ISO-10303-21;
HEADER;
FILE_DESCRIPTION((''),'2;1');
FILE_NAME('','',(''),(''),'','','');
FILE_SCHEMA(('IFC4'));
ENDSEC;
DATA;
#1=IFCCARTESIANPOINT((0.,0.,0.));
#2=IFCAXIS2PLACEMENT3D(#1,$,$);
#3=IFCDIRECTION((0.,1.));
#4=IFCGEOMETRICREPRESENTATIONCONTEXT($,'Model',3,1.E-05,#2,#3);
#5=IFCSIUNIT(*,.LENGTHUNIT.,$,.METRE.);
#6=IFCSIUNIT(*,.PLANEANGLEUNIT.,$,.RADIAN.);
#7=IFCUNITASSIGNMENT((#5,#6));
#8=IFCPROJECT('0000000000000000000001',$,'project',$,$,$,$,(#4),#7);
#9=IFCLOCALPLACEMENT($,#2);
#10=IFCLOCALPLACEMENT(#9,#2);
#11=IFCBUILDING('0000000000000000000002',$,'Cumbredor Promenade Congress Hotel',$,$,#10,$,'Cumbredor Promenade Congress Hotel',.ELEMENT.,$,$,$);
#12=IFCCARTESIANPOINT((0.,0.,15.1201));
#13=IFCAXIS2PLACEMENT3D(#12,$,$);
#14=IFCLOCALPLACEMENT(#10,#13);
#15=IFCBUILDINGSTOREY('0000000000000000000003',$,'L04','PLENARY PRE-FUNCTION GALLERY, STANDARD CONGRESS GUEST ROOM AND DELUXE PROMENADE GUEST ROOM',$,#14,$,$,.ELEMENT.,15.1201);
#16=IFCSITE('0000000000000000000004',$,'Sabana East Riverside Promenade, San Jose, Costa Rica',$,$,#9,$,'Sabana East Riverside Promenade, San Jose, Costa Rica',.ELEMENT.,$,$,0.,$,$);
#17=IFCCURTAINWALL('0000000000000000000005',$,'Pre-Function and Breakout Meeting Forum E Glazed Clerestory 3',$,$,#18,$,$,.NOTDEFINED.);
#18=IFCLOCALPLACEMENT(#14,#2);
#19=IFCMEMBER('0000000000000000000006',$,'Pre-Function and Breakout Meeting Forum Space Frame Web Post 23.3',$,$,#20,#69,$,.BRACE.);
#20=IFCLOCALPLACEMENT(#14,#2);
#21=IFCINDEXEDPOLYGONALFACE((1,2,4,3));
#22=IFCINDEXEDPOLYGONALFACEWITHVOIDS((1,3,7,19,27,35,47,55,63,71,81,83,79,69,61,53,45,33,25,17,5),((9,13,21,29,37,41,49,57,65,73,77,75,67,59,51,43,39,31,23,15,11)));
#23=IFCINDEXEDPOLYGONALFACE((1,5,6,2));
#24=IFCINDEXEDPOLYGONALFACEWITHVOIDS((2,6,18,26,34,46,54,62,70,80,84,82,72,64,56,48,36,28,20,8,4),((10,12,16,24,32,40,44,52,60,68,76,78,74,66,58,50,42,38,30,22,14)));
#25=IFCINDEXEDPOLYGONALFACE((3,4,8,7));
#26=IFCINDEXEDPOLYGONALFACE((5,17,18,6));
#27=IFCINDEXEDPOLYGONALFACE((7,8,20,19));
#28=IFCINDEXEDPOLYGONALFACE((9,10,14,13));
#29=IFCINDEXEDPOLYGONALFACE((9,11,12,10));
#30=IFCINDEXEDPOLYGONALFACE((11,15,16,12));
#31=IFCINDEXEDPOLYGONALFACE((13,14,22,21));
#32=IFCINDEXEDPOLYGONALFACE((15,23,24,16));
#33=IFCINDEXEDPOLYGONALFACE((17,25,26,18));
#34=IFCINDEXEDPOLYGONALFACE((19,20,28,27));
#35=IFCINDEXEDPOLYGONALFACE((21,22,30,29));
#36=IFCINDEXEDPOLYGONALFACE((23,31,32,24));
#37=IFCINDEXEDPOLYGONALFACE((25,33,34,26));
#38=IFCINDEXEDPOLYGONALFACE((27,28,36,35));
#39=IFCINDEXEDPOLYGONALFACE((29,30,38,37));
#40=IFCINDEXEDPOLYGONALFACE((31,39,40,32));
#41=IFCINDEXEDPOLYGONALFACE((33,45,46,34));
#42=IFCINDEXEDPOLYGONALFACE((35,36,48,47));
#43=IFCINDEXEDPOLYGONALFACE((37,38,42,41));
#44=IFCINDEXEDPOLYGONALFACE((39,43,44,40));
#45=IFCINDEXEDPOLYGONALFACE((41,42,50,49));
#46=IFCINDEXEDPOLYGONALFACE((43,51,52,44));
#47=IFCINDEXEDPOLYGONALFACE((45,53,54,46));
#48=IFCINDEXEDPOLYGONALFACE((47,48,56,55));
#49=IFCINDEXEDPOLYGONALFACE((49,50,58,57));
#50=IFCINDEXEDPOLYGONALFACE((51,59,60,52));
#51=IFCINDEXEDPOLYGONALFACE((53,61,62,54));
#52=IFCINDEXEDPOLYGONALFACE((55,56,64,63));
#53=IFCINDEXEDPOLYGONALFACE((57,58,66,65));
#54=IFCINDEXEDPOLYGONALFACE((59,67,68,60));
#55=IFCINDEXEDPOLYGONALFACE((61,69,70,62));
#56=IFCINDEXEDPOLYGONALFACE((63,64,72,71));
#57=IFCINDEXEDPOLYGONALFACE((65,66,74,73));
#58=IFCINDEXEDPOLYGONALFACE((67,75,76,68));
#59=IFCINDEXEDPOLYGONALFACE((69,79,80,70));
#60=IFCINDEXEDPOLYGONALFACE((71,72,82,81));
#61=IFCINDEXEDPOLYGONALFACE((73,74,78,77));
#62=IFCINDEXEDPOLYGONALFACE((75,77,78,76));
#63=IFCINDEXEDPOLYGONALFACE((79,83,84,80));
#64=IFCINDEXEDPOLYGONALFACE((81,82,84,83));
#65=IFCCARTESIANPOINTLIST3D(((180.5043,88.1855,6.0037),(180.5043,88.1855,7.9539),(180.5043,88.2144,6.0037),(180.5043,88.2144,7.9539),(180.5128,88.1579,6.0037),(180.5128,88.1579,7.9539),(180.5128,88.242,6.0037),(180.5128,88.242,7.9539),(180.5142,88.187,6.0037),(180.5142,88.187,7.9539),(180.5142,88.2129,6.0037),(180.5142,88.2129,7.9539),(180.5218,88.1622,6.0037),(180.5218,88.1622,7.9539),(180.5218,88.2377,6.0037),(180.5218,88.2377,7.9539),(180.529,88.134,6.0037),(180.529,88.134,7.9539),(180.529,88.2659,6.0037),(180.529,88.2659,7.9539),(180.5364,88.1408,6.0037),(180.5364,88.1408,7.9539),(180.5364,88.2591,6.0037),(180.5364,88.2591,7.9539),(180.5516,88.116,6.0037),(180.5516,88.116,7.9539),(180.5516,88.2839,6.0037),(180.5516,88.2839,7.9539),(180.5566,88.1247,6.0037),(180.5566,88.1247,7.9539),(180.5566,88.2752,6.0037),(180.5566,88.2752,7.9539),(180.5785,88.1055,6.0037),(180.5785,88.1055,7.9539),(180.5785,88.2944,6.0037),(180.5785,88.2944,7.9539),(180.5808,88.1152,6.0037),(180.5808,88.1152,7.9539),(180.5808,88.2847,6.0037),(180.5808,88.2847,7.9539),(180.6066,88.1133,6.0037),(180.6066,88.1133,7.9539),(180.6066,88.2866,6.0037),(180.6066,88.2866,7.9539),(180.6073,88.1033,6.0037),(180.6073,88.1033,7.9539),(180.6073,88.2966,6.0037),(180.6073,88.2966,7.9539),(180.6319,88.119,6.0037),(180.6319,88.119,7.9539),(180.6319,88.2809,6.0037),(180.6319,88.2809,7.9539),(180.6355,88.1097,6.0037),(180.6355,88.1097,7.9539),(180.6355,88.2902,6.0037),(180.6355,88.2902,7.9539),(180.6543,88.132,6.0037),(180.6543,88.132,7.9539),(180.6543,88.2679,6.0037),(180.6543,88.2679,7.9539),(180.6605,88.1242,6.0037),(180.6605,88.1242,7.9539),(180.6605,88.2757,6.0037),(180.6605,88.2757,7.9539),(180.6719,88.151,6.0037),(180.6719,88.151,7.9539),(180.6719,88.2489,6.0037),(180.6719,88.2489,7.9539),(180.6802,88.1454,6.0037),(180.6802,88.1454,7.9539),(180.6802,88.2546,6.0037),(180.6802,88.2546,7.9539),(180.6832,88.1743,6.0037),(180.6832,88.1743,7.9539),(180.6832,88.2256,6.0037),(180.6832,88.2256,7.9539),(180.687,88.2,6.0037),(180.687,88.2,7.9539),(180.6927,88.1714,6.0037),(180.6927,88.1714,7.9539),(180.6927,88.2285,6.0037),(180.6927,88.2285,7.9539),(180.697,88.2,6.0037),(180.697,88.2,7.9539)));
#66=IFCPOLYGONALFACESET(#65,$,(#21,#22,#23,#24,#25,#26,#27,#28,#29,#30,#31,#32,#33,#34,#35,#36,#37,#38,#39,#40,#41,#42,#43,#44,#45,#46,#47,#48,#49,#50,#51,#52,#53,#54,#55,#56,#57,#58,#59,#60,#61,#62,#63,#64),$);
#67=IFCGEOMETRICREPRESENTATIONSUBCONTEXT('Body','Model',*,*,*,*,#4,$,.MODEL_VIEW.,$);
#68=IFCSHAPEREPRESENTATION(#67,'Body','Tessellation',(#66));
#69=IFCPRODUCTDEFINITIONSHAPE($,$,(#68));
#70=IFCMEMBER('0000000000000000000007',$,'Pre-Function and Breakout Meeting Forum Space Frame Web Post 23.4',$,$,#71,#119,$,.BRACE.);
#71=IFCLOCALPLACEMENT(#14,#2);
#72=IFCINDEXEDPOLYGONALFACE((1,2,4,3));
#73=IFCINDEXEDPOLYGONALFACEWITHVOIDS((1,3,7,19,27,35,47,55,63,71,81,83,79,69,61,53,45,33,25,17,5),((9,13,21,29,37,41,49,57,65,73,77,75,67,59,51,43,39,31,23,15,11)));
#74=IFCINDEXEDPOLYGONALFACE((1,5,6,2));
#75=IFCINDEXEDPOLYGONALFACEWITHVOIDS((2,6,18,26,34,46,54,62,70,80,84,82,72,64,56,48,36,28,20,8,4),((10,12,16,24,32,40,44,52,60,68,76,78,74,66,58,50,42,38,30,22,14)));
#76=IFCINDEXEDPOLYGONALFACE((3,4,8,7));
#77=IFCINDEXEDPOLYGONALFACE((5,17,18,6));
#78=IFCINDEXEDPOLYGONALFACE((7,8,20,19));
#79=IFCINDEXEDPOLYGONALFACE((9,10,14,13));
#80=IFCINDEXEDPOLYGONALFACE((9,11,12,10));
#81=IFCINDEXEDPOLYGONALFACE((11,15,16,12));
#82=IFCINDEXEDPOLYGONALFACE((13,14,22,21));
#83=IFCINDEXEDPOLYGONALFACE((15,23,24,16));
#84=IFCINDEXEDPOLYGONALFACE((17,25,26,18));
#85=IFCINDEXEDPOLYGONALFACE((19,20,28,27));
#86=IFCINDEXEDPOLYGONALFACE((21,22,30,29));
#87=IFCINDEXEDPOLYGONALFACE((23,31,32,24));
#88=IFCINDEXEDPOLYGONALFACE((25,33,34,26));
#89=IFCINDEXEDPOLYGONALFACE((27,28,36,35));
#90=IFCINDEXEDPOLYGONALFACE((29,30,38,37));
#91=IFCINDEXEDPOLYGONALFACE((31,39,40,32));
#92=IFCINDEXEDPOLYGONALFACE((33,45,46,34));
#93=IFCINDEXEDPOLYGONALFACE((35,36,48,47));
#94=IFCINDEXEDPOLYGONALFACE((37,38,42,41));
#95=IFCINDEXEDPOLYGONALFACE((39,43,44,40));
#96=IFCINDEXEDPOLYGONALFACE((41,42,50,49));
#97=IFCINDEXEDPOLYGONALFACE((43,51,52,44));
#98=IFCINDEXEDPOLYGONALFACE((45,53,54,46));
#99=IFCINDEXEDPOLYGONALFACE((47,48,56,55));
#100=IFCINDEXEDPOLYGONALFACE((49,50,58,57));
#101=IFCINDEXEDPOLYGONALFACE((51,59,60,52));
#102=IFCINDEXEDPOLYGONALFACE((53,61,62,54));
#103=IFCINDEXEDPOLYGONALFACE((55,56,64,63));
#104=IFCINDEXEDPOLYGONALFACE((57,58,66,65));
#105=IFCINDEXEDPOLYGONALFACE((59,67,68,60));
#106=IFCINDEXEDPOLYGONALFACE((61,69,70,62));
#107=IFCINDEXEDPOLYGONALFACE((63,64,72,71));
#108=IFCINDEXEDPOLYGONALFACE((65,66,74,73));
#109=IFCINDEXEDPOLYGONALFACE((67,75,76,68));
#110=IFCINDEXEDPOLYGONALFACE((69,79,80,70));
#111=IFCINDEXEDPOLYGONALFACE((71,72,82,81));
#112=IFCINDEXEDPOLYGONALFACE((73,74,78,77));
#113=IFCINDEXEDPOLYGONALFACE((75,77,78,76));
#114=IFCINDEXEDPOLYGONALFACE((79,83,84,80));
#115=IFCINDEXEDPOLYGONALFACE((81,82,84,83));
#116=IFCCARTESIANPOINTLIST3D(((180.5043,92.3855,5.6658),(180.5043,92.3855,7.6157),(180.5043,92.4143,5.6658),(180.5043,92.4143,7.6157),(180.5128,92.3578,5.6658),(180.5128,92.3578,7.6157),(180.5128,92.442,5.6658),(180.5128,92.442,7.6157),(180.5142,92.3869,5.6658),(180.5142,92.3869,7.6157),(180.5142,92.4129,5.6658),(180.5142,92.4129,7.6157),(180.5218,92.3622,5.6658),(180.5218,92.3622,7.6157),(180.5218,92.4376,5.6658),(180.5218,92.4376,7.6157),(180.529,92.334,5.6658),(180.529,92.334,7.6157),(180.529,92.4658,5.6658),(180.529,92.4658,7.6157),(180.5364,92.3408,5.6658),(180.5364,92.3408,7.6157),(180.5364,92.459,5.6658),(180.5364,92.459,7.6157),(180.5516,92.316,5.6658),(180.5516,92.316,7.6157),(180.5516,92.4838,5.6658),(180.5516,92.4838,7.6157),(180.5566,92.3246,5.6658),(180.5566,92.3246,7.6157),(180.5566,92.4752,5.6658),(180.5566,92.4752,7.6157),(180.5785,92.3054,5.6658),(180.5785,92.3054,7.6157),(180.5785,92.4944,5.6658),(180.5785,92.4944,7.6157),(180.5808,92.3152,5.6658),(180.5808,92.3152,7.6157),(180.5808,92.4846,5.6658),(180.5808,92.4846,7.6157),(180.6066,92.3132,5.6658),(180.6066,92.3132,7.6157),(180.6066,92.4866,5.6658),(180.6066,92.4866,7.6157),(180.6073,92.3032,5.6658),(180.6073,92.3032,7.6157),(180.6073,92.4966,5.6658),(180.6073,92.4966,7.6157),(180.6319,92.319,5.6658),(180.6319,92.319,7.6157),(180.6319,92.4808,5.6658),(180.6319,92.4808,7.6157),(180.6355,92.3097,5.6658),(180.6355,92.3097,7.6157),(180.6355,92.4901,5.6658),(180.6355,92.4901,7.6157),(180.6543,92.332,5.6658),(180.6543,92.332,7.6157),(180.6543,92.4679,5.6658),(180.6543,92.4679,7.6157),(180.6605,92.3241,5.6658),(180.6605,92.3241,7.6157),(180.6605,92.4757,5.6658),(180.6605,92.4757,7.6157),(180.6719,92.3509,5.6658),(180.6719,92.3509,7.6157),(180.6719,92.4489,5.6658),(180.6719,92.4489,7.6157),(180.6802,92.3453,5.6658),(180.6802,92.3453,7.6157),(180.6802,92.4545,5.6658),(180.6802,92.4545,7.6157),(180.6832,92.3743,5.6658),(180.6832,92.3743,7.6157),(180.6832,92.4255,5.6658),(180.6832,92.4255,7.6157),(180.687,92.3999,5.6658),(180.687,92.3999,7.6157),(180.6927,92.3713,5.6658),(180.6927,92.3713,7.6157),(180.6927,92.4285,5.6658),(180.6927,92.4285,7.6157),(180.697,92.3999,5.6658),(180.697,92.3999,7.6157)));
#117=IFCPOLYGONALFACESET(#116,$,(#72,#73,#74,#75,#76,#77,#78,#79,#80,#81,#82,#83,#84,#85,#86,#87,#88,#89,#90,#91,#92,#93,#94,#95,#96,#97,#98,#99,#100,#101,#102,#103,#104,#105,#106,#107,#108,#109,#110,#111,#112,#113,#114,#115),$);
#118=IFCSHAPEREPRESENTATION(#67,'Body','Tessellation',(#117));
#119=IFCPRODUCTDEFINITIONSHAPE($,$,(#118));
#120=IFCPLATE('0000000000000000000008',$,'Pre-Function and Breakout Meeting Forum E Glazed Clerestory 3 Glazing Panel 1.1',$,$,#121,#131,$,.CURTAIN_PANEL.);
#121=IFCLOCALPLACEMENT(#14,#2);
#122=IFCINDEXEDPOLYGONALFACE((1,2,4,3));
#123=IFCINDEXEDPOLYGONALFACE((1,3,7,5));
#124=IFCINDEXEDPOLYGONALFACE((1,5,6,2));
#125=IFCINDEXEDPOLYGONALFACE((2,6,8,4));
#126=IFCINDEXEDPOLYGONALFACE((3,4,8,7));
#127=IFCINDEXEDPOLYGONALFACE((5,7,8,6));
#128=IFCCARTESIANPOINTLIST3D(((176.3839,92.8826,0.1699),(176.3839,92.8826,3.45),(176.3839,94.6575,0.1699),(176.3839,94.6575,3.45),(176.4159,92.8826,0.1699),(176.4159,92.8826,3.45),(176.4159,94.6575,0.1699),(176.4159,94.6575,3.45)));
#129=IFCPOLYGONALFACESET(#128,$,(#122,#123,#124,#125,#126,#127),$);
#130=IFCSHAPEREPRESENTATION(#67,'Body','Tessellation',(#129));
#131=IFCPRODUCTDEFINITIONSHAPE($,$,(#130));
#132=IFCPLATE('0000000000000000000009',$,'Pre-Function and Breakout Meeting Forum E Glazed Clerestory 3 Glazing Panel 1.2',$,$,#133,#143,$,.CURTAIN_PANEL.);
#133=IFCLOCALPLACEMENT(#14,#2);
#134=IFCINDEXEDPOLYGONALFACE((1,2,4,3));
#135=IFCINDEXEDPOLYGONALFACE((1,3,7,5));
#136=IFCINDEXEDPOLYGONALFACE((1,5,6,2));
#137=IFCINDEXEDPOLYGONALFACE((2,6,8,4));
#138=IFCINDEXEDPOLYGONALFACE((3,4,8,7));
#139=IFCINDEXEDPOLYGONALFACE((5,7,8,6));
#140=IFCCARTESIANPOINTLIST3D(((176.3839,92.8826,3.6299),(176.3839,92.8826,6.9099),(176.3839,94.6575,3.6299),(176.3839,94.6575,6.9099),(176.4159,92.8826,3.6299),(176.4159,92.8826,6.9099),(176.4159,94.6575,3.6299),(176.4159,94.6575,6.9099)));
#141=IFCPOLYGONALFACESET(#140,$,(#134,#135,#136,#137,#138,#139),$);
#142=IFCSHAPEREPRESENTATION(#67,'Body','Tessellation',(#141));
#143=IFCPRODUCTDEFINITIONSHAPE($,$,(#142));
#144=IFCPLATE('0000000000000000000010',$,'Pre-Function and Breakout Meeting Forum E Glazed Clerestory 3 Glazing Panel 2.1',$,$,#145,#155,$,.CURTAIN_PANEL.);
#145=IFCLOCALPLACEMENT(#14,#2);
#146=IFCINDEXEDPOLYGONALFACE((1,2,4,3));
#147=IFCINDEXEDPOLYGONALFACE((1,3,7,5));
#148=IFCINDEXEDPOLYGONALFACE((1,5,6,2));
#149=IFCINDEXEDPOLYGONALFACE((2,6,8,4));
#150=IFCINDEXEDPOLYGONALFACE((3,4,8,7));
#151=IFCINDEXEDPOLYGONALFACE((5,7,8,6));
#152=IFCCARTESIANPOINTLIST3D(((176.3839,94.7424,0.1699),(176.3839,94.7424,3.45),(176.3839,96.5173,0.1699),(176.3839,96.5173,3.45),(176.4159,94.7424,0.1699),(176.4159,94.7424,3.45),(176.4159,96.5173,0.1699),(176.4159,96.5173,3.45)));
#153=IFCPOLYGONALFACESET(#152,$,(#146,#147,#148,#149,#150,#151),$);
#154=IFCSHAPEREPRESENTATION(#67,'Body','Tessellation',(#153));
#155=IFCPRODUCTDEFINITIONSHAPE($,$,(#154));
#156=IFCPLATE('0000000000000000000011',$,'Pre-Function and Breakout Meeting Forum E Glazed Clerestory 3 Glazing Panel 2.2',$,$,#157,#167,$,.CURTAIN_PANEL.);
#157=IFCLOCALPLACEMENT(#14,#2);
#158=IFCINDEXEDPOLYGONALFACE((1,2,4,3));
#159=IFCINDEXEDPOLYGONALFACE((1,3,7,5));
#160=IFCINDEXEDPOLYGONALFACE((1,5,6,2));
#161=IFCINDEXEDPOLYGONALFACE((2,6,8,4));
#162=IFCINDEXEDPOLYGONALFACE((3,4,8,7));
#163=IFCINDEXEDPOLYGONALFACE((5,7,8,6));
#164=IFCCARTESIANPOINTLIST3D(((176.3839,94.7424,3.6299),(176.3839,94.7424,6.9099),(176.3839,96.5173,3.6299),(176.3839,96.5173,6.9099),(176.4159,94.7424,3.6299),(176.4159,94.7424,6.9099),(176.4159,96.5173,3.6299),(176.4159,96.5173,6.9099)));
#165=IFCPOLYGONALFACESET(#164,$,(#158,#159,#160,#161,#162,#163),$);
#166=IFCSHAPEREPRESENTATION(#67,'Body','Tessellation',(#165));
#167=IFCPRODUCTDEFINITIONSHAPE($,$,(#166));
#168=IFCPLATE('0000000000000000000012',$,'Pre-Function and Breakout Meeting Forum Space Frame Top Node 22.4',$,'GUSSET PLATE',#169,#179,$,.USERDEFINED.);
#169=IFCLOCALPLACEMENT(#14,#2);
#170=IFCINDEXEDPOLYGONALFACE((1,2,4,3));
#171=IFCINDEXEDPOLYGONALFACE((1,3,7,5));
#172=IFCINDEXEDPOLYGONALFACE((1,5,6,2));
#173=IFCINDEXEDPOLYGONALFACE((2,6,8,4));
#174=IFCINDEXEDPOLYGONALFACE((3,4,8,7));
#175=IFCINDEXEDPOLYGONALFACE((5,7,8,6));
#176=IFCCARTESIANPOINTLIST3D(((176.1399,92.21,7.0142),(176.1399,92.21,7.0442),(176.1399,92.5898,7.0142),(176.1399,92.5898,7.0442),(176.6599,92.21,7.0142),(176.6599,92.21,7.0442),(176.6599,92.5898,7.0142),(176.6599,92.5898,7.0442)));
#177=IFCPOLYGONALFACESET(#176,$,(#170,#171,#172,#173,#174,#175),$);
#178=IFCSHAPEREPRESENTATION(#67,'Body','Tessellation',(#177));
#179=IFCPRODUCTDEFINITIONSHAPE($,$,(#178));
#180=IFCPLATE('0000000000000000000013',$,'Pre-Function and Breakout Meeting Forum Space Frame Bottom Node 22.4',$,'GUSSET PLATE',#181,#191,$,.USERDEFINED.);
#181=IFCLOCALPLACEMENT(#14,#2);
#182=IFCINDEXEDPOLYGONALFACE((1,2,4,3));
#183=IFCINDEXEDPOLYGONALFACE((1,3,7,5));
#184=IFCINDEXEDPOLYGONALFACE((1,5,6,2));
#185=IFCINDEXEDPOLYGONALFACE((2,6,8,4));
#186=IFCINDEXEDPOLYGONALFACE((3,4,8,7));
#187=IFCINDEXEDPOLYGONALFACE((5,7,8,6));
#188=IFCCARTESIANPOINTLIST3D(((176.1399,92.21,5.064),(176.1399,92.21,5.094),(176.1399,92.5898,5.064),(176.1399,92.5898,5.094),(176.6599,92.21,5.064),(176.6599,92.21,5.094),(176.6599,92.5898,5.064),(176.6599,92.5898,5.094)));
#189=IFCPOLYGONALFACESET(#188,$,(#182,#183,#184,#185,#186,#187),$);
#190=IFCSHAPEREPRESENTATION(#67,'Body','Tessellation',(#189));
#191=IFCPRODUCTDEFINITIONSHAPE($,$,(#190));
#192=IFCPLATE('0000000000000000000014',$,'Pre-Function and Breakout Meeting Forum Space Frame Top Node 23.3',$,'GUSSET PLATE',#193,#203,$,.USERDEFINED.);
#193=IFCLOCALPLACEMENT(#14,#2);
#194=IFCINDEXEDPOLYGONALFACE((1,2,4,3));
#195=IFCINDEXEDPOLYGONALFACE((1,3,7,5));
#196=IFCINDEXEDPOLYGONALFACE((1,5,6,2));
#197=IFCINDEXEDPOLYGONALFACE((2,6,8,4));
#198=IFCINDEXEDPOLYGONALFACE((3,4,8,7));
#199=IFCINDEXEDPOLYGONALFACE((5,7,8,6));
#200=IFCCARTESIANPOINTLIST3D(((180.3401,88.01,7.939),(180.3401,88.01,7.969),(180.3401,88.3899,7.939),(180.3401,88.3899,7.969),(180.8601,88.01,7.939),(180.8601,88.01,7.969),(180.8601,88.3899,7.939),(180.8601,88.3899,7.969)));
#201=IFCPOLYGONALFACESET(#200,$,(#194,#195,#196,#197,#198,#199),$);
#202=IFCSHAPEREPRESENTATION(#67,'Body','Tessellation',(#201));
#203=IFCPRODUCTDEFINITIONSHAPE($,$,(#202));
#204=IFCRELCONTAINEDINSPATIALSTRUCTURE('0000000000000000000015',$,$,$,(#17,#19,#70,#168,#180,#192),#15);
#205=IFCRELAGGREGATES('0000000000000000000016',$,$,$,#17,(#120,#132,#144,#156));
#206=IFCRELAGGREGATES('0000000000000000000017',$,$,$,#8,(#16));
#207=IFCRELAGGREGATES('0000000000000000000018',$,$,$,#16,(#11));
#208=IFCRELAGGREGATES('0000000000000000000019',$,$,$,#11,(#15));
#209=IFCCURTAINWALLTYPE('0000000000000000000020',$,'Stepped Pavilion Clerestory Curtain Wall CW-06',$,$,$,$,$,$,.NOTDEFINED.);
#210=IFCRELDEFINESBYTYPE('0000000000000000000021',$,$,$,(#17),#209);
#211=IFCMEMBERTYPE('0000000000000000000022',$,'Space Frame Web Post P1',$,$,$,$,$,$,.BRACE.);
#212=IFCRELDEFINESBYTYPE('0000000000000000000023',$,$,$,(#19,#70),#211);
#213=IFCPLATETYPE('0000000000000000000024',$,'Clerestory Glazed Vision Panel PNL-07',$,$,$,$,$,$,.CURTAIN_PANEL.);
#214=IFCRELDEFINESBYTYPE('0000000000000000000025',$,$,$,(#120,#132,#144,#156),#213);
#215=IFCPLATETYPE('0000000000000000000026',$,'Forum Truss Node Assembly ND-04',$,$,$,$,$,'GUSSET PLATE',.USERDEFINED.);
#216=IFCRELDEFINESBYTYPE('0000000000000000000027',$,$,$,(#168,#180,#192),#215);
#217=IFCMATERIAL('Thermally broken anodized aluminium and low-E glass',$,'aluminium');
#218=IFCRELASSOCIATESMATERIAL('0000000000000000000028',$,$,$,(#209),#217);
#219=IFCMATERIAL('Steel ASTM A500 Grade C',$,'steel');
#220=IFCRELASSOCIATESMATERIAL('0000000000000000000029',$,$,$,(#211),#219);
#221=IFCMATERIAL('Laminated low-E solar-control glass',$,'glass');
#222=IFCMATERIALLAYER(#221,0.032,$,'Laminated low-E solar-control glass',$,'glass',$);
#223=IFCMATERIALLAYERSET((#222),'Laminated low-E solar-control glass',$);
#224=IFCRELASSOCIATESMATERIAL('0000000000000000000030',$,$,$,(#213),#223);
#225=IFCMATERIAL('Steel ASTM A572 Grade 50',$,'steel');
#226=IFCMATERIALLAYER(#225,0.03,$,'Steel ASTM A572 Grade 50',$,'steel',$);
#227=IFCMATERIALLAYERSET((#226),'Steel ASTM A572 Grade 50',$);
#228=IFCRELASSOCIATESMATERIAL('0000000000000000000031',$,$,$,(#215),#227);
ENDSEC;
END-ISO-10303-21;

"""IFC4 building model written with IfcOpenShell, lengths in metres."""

from ifc_helpers import new_model, si_unit, direction, frame, origin, origin_2d, place, context, subcontext, project, spatial, rectangle, hollow_circle, extrude, material, layer, layer_set, material_profile, profile_set, type_object, element, aggregate, save


model = new_model("IFC4")

# Units and contexts
model_context = context("Model", 3, precision=1e-05, world=origin(), true_north=direction((0.0, 1.0)))
body_context = subcontext(model_context, "Body", "Model", "MODEL_VIEW")
ifc_project = project(units=[si_unit("LENGTHUNIT", "METRE"), si_unit("PLANEANGLEUNIT", "RADIAN")], contexts=[model_context])

# Site, building, storey
site_placement = place(None, origin())
site = spatial("IfcSite", under=ifc_project, at=site_placement, Name="Sabana East Riverside Promenade, San Jose, Costa Rica", LongName="Sabana East Riverside Promenade, San Jose, Costa Rica", CompositionType="ELEMENT", RefElevation=0.0)
building_placement = place(site_placement, origin())
building = spatial("IfcBuilding", under=site, at=building_placement, Name="Cumbredor Promenade Congress Hotel", LongName="Cumbredor Promenade Congress Hotel", CompositionType="ELEMENT")
storey_placement = place(building_placement, frame((0.0, 0.0, 15.1201)))
storey = spatial("IfcBuildingStorey", under=building, at=storey_placement, Name="L04", Description="PLENARY PRE-FUNCTION GALLERY, STANDARD CONGRESS GUEST ROOM AND DELUXE PROMENADE GUEST ROOM", CompositionType="ELEMENT", Elevation=15.1201)

# Curtain wall
ifc_material_1 = material(Name="Thermally broken anodized aluminium and low-E glass", Category="aluminium")
curtain_wall_type = type_object("IfcCurtainWallType", Name="Stepped Pavilion Clerestory Curtain Wall CW-06", PredefinedType="NOTDEFINED", material=ifc_material_1)
curtain_wall_placement = place(storey_placement, origin())
curtain_wall = element("IfcCurtainWall", 1, at=curtain_wall_placement, inside=storey, type_object=curtain_wall_type, Name="Pre-Function and Breakout Meeting Forum E Glazed Clerestory 3", PredefinedType="NOTDEFINED")

# Members
ifc_material_2 = material(Name="Steel ASTM A500 Grade C", Category="steel")
ifc_material_profile_1 = material_profile(ifc_material_2, hollow_circle(Radius=0.0969, WallThickness=0.01, at=origin_2d()), Name="CHS 193.7x10")
ifc_profile_set_1 = profile_set([ifc_material_profile_1], Name="Steel ASTM A500 Grade C")
member_type_1 = type_object("IfcMemberType", Name="Space Frame Web Post P1", PredefinedType="BRACE", material=ifc_profile_set_1)
member_1_placement = place(storey_placement, frame((180.6001, 88.2, 6.0037), z_axis=(0.0, 0.0, 1.0), x_axis=(1.0, 0.0, 0.0)))
element("IfcMember", 2, at=member_1_placement, inside=storey, type_object=member_type_1, Name="Pre-Function and Breakout Meeting Forum Space Frame Web Post 23.3", PredefinedType="BRACE", context=body_context, shape_type="SweptSolid", body=[
    extrude(hollow_circle(Radius=0.0969, WallThickness=0.01, at=origin_2d()), origin(), (0.0, 0.0, 1.0), 1.9502),
])
member_2_placement = place(storey_placement, frame((180.6001, 92.3999, 5.6658), z_axis=(0.0, 0.0, 1.0), x_axis=(1.0, 0.0, 0.0)))
element("IfcMember", 3, at=member_2_placement, inside=storey, type_object=member_type_1, Name="Pre-Function and Breakout Meeting Forum Space Frame Web Post 23.4", PredefinedType="BRACE", context=body_context, shape_type="SweptSolid", body=[
    extrude(hollow_circle(Radius=0.0969, WallThickness=0.01, at=origin_2d()), origin(), (0.0, 0.0, 1.0), 1.95),
])

# Plates
ifc_material_3 = material(Name="Laminated low-E solar-control glass", Category="glass")
ifc_layer_1 = layer(ifc_material_3, 0.032, Name="Laminated low-E solar-control glass", Category="glass")
ifc_layer_set_1 = layer_set([ifc_layer_1], Name="Laminated low-E solar-control glass")
plate_type_1 = type_object("IfcPlateType", Name="Clerestory Glazed Vision Panel PNL-07", PredefinedType="CURTAIN_PANEL", material=ifc_layer_set_1)
plate_1_placement = place(storey_placement, frame((176.3999, 93.77, 0.1699), z_axis=(0.0, 0.0, 1.0), x_axis=(0.0, 1.0, 0.0)))
plate_1 = element("IfcPlate", 4, at=plate_1_placement, type_object=plate_type_1, Name="Pre-Function and Breakout Meeting Forum E Glazed Clerestory 3 Glazing Panel 1.1", PredefinedType="CURTAIN_PANEL", context=body_context, shape_type="SweptSolid", body=[
    extrude(rectangle(XDim=1.7749, YDim=0.032, at=origin_2d()), origin(), (0.0, 0.0, 1.0), 3.28),
])
plate_2_placement = place(storey_placement, frame((176.3999, 93.77, 3.6299), z_axis=(0.0, 0.0, 1.0), x_axis=(0.0, 1.0, 0.0)))
plate_2 = element("IfcPlate", 5, at=plate_2_placement, type_object=plate_type_1, Name="Pre-Function and Breakout Meeting Forum E Glazed Clerestory 3 Glazing Panel 1.2", PredefinedType="CURTAIN_PANEL", context=body_context, shape_type="SweptSolid", body=[
    extrude(rectangle(XDim=1.7749, YDim=0.032, at=origin_2d()), origin(), (0.0, 0.0, 1.0), 3.28),
])
plate_3_placement = place(storey_placement, frame((176.3999, 95.6299, 0.1699), z_axis=(0.0, 0.0, 1.0), x_axis=(0.0, 1.0, 0.0)))
plate_3 = element("IfcPlate", 6, at=plate_3_placement, type_object=plate_type_1, Name="Pre-Function and Breakout Meeting Forum E Glazed Clerestory 3 Glazing Panel 2.1", PredefinedType="CURTAIN_PANEL", context=body_context, shape_type="SweptSolid", body=[
    extrude(rectangle(XDim=1.7749, YDim=0.032, at=origin_2d()), origin(), (0.0, 0.0, 1.0), 3.28),
])
plate_4_placement = place(storey_placement, frame((176.3999, 95.6299, 3.6299), z_axis=(0.0, 0.0, 1.0), x_axis=(0.0, 1.0, 0.0)))
plate_4 = element("IfcPlate", 7, at=plate_4_placement, type_object=plate_type_1, Name="Pre-Function and Breakout Meeting Forum E Glazed Clerestory 3 Glazing Panel 2.2", PredefinedType="CURTAIN_PANEL", context=body_context, shape_type="SweptSolid", body=[
    extrude(rectangle(XDim=1.7749, YDim=0.032, at=origin_2d()), origin(), (0.0, 0.0, 1.0), 3.28),
])
aggregate(curtain_wall, [plate_1, plate_2, plate_3, plate_4])

# Plates
ifc_material_4 = material(Name="Steel ASTM A572 Grade 50", Category="steel")
ifc_layer_2 = layer(ifc_material_4, 0.03, Name="Steel ASTM A572 Grade 50", Category="steel")
ifc_layer_set_2 = layer_set([ifc_layer_2], Name="Steel ASTM A572 Grade 50")
plate_type_2 = type_object("IfcPlateType", Name="Forum Truss Node Assembly ND-04", ElementType="GUSSET PLATE", PredefinedType="USERDEFINED", material=ifc_layer_set_2)
for number, where, z_axis, x_axis, name in (
    (8, (176.3999, 92.3999, 7.0142), (0.0, 0.0, 1.0), (1.0, 0.0, 0.0), "Pre-Function and Breakout Meeting Forum Space Frame Top Node 22.4"),
    (9, (176.3999, 92.3999, 5.064), (0.0, 0.0, 1.0), (1.0, 0.0, 0.0), "Pre-Function and Breakout Meeting Forum Space Frame Bottom Node 22.4"),
    (10, (180.6001, 88.2, 7.939), (0.0, 0.0, 1.0), (1.0, 0.0, 0.0), "Pre-Function and Breakout Meeting Forum Space Frame Top Node 23.3"),
):
    element("IfcPlate", number, at=place(storey_placement, frame(where, z_axis=z_axis, x_axis=x_axis)), inside=storey, type_object=plate_type_2, Name=name, ObjectType="GUSSET PLATE", PredefinedType="USERDEFINED", context=body_context, shape_type="SweptSolid", body=[
        extrude(rectangle(XDim=0.52, YDim=0.3799, at=origin_2d()), origin(), (0.0, 0.0, 1.0), 0.03),
    ])

save(model, "model.ifc")
